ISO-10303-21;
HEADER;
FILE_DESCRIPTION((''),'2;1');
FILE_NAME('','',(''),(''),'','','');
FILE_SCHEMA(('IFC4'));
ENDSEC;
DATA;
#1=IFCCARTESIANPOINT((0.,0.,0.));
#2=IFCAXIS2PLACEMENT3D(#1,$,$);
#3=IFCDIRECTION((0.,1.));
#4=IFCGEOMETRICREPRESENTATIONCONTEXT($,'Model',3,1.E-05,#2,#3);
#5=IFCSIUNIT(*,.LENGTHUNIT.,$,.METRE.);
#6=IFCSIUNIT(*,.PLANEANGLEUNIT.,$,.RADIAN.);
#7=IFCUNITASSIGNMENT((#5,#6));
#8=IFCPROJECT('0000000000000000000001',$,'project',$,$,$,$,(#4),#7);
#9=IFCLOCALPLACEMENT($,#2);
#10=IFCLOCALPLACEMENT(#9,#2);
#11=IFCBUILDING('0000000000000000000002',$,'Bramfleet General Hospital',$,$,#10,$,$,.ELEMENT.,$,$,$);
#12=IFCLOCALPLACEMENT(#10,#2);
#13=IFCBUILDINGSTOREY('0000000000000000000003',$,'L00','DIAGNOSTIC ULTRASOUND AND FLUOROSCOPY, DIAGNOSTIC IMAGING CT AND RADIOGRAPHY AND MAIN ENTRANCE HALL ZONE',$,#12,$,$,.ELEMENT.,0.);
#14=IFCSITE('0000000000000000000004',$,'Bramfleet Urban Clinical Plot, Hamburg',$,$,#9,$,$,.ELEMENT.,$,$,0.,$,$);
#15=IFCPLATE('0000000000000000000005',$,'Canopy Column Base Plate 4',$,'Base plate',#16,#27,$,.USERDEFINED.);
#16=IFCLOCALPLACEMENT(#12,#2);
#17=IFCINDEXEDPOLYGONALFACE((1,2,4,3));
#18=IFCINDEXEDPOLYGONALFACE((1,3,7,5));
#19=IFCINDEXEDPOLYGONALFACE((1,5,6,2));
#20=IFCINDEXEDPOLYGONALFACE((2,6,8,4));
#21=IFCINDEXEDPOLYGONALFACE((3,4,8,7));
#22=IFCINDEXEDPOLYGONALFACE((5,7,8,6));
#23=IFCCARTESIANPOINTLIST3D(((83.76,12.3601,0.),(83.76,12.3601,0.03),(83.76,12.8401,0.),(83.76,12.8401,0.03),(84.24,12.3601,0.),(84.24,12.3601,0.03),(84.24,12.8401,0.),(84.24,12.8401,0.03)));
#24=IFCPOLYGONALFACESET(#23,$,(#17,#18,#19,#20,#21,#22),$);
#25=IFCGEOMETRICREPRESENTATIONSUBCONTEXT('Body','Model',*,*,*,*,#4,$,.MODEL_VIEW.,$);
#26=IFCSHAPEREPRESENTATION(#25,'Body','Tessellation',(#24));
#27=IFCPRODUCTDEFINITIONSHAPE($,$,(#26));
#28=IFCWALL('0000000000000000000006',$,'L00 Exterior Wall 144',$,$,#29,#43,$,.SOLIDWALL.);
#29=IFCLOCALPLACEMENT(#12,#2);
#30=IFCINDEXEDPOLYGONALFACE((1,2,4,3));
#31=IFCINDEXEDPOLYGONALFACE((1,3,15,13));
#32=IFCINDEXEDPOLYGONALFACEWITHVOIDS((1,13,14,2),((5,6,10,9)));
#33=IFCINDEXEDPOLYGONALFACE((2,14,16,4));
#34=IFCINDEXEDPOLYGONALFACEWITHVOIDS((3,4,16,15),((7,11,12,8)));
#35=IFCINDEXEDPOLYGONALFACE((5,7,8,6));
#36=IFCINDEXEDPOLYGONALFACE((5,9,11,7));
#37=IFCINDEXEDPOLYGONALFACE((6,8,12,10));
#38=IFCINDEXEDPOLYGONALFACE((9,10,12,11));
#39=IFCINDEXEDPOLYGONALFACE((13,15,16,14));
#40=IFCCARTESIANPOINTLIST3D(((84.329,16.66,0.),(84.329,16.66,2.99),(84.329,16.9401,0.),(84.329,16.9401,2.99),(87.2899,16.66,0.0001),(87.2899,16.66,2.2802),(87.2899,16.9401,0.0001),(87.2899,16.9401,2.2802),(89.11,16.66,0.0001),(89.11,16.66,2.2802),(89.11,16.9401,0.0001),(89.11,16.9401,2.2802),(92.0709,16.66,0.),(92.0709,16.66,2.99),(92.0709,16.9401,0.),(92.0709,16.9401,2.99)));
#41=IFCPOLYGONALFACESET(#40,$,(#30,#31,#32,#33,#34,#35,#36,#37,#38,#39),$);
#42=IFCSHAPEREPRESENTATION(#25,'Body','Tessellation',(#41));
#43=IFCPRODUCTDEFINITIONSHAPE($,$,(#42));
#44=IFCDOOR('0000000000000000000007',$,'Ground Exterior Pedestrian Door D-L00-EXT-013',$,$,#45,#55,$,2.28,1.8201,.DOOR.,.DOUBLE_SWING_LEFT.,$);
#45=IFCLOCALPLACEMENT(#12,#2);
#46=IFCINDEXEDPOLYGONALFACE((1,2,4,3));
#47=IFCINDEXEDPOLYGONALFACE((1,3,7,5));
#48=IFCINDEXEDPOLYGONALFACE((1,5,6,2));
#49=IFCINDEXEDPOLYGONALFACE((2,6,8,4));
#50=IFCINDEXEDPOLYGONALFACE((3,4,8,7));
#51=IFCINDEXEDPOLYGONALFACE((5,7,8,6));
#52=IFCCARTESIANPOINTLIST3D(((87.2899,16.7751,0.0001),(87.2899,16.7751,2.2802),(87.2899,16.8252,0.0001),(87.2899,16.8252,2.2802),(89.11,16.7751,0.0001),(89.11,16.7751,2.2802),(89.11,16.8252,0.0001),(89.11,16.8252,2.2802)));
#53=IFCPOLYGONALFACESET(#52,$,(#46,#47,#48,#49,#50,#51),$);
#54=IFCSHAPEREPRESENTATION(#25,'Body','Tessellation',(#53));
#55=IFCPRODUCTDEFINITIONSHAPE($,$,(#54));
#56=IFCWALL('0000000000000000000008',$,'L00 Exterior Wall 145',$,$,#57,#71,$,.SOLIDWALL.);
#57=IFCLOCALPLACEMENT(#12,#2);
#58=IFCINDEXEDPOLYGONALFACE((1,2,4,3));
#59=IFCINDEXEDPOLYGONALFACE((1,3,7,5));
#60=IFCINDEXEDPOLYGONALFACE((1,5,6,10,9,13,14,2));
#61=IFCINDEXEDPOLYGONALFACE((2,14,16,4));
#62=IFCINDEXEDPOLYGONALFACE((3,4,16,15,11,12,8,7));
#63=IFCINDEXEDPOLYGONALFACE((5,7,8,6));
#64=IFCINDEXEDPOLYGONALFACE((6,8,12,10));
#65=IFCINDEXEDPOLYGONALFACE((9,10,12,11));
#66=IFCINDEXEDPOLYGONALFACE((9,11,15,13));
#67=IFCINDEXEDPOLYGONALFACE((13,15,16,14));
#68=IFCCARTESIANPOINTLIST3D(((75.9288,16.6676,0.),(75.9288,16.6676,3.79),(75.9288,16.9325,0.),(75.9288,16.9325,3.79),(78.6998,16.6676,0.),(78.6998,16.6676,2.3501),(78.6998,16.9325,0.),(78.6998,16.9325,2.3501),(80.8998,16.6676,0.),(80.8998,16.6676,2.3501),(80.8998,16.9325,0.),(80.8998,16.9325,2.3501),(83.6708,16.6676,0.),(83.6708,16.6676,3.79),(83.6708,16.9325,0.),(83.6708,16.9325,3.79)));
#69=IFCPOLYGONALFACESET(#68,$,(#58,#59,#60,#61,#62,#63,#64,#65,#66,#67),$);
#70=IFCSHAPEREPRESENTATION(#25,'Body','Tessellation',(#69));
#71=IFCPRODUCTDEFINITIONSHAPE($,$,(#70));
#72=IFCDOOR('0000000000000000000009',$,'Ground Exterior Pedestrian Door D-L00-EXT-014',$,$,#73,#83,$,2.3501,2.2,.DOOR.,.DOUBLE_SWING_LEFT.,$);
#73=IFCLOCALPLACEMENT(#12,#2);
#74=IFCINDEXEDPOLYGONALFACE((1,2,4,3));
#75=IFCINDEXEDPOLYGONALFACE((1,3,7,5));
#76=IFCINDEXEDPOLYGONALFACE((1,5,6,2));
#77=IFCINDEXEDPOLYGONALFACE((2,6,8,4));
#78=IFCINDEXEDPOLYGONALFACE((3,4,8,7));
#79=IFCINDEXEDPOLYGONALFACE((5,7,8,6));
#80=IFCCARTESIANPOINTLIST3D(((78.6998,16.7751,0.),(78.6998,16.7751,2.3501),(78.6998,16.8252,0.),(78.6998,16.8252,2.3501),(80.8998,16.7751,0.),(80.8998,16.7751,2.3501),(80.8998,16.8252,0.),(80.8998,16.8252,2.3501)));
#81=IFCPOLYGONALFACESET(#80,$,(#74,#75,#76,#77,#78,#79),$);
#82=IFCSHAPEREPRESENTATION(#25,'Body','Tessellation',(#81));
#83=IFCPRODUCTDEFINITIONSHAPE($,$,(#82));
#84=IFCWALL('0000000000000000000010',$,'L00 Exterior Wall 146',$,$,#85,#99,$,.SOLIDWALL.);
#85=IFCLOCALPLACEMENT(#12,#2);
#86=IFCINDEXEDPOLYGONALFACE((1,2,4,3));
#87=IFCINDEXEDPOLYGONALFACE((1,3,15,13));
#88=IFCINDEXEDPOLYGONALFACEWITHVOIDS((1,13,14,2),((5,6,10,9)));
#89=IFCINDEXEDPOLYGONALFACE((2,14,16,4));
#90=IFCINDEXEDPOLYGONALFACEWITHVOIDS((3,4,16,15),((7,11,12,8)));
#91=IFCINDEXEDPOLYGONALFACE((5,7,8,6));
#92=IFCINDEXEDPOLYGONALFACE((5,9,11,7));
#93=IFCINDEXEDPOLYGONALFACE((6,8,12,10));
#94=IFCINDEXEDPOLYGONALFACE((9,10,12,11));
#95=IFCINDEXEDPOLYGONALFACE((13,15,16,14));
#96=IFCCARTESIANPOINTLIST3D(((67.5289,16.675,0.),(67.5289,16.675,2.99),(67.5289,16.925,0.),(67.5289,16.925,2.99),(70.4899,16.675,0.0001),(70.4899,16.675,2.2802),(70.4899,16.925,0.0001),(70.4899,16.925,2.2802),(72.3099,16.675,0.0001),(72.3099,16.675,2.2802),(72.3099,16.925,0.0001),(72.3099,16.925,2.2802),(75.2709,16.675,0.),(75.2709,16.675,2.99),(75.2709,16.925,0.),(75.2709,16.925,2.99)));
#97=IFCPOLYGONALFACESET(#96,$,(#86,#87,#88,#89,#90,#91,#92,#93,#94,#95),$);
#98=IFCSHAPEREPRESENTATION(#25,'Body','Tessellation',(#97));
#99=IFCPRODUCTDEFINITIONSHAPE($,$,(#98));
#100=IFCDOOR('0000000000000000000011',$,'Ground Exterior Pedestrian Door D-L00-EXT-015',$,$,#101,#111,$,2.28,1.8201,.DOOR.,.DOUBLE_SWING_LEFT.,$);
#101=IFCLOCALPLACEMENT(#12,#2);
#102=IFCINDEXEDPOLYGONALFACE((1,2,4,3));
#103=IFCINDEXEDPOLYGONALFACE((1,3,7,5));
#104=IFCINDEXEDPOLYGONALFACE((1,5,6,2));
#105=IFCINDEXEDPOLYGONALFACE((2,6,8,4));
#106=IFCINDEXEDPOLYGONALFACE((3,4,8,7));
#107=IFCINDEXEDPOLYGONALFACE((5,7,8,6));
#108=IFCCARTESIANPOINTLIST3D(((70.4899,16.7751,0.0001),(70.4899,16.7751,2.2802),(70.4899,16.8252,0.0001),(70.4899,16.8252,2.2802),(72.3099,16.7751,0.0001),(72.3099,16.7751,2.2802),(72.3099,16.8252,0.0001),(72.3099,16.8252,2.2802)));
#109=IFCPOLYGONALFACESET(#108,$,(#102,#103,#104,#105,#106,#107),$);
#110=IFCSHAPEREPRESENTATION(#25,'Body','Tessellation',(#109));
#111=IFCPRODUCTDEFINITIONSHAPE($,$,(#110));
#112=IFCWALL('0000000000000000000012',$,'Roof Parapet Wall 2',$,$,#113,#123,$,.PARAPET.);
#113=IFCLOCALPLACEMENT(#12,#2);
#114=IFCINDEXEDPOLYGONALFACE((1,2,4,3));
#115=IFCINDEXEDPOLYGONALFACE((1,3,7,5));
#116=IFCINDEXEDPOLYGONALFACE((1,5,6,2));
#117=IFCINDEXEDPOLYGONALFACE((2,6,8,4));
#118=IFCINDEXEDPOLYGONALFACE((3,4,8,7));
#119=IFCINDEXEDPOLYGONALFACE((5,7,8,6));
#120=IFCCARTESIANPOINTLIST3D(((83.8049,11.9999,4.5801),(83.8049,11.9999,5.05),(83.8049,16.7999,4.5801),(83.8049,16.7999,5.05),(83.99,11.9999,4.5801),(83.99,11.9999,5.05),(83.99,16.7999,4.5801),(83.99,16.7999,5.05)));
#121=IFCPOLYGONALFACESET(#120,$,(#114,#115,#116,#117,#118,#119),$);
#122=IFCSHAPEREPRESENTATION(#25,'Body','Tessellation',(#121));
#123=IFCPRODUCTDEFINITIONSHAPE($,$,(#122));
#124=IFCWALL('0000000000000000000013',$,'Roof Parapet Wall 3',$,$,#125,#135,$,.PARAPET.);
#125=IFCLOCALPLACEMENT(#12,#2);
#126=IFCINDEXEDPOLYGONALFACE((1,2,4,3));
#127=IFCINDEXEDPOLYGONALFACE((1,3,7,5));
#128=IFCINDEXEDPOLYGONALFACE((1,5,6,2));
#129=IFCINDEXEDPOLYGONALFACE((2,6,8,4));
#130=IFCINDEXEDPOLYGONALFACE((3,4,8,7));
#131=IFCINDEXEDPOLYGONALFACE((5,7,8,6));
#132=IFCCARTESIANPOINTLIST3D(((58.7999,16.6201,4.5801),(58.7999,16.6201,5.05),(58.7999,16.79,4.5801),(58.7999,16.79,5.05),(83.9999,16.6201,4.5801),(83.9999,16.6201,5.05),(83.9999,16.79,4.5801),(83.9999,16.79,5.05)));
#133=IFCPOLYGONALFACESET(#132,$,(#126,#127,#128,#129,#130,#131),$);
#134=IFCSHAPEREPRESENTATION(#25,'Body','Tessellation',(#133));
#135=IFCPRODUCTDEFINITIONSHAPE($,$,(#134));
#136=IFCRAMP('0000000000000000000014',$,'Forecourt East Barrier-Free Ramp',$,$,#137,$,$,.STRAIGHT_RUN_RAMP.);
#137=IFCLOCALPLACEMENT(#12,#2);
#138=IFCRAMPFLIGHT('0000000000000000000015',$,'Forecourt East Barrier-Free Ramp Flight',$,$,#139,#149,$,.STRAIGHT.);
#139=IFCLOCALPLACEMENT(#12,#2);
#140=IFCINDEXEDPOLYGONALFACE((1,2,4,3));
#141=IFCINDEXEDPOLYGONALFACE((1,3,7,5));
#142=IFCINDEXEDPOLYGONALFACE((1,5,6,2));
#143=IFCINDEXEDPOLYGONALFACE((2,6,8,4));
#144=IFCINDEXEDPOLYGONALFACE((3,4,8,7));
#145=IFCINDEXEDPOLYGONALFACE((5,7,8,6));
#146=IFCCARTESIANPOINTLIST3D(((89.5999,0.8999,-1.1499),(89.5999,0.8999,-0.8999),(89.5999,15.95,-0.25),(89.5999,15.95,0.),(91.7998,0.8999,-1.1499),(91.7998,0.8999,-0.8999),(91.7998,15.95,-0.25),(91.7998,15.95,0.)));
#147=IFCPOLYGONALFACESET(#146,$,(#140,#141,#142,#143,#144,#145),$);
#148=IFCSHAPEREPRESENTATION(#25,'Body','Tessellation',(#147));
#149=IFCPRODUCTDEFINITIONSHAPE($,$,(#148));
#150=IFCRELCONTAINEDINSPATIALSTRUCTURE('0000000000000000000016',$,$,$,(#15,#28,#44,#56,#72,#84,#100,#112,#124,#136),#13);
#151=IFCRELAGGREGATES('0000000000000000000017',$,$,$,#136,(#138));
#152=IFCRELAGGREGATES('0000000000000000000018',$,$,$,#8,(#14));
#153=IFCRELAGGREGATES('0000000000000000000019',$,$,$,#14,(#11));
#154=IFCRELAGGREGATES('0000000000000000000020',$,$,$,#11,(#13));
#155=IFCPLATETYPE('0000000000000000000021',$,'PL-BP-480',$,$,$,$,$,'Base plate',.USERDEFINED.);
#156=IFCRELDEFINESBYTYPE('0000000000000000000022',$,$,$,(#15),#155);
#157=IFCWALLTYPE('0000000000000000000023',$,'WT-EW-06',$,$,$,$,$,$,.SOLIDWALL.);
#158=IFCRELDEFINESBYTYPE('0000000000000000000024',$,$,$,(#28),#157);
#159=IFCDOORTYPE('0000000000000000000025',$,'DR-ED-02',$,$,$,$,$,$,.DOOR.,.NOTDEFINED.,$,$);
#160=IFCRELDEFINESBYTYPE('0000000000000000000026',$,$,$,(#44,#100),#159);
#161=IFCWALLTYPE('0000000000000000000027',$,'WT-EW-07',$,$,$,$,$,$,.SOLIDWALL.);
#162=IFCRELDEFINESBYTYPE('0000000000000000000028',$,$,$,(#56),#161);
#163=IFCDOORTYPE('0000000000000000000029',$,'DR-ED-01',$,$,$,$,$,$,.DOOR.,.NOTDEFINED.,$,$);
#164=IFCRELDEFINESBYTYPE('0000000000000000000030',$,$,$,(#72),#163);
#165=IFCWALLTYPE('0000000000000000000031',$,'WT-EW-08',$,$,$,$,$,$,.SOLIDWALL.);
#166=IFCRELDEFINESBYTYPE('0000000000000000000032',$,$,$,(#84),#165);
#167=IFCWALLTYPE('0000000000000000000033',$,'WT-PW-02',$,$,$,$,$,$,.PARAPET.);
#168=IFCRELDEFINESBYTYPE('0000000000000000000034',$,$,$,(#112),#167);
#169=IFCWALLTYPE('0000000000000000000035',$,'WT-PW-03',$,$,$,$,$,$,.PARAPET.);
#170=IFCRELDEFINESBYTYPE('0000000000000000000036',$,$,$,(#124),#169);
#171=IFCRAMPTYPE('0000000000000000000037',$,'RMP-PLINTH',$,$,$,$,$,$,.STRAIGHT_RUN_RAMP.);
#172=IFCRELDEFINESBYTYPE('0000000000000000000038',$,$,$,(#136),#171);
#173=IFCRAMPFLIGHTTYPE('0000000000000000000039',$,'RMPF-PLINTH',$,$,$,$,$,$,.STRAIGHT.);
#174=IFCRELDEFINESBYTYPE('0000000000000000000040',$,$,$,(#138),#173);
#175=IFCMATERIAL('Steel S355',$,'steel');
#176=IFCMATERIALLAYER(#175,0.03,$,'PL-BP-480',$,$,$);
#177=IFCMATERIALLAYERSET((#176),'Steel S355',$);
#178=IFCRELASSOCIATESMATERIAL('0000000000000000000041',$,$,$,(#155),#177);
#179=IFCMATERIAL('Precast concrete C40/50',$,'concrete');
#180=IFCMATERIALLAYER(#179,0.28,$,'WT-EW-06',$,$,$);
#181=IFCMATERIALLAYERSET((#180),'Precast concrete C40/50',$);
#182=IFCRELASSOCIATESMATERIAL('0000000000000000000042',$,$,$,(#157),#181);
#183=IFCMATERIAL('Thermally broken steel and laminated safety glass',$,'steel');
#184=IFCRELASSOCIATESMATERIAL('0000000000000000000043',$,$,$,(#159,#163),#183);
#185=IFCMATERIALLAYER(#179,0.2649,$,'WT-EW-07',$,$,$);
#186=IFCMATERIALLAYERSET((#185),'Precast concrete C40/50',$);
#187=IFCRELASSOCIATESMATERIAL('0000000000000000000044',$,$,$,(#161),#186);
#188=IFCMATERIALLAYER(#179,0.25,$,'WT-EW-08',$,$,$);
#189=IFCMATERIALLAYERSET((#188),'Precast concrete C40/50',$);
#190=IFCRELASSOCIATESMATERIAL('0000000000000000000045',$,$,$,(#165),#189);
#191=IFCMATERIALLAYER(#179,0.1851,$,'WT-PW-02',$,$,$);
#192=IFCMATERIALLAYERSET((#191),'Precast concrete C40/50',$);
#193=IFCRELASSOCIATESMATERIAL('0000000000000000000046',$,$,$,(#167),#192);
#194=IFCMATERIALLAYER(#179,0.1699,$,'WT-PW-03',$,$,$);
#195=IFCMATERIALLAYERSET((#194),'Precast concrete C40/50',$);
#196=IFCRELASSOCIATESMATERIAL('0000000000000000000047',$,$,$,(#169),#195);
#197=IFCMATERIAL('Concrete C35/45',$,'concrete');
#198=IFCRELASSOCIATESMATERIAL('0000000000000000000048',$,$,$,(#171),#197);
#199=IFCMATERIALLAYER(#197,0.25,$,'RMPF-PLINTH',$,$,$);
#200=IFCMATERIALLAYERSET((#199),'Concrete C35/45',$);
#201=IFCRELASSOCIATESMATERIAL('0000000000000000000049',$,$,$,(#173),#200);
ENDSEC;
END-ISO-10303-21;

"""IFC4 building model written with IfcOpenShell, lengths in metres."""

from ifc_helpers import new_model, si_unit, direction, frame, frame_2d, origin, origin_2d, place, context, subcontext, project, spatial, polyline, rectangle, outline, extrude, material, layer, layer_set, type_object, element, fill, aggregate, save


model = new_model("IFC4")

# Units and contexts
model_context = context("Model", 3, precision=1e-05, world=origin(), true_north=direction((0.0, 1.0)))
body_context = subcontext(model_context, "Body", "Model", "MODEL_VIEW")
ifc_project = project(units=[si_unit("LENGTHUNIT", "METRE"), si_unit("PLANEANGLEUNIT", "RADIAN")], contexts=[model_context])

# Site, building, storey
site_placement = place(None, origin())
site = spatial("IfcSite", under=ifc_project, at=site_placement, Name="Bramfleet Urban Clinical Plot, Hamburg", CompositionType="ELEMENT", RefElevation=0.0)
building_placement = place(site_placement, origin())
building = spatial("IfcBuilding", under=site, at=building_placement, Name="Bramfleet General Hospital", CompositionType="ELEMENT")
storey_placement = place(building_placement, origin())
storey = spatial("IfcBuildingStorey", under=building, at=storey_placement, Name="L00", Description="DIAGNOSTIC ULTRASOUND AND FLUOROSCOPY, DIAGNOSTIC IMAGING CT AND RADIOGRAPHY AND MAIN ENTRANCE HALL ZONE", CompositionType="ELEMENT", Elevation=0.0)

# Shared definitions
ifc_material_1 = material(Name="Steel S355", Category="steel")

# Shared definitions
ifc_material_2 = material(Name="Concrete C35/45", Category="concrete")

# Plate
ifc_layer_1 = layer(ifc_material_1, 0.03, Name="PL-BP-480")
ifc_layer_set_1 = layer_set([ifc_layer_1], Name="Steel S355")
plate_type_1 = type_object("IfcPlateType", Name="PL-BP-480", ElementType="Base plate", PredefinedType="USERDEFINED", material=ifc_layer_set_1)
for number, where, z_axis, x_axis, name in (
    (1, (84.0, 12.6001, 0.0), (0.0, 0.0, 1.0), (1.0, 0.0, 0.0), "Canopy Column Base Plate 4"),
):
    element("IfcPlate", number, at=place(storey_placement, frame(where, z_axis=z_axis, x_axis=x_axis)), inside=storey, type_object=plate_type_1, Name=name, ObjectType="Base plate", PredefinedType="USERDEFINED", context=body_context, shape_type="SweptSolid", body=[
        extrude(rectangle(XDim=0.48, YDim=0.48, at=origin_2d()), origin(), (0.0, 0.0, 1.0), 0.03),
    ])

# Walls, openings, doors
ifc_material_3 = material(Name="Precast concrete C40/50", Category="concrete")
ifc_layer_2 = layer(ifc_material_3, 0.28, Name="WT-EW-06")
ifc_layer_set_2 = layer_set([ifc_layer_2], Name="Precast concrete C40/50")
wall_type_1 = type_object("IfcWallType", Name="WT-EW-06", PredefinedType="SOLIDWALL", material=ifc_layer_set_2)
wall_1_placement = place(storey_placement, frame((92.071, 16.8, 0.0), z_axis=(0.0, 0.0, 1.0), x_axis=(-1.0, 0.0, 0.0)))
wall_1 = element("IfcWall", 2, at=wall_1_placement, inside=storey, type_object=wall_type_1, Name="L00 Exterior Wall 144", PredefinedType="SOLIDWALL", context=body_context, shape_type="SweptSolid", body=[
    extrude(rectangle(XDim=7.7419, YDim=0.28, at=frame_2d((3.8711, 0.0))), origin(), (0.0, 0.0, 1.0), 2.99),
])
opening_1_placement = place(wall_1_placement, frame((2.9609, 0.0, 0.0)))
opening_1 = element("IfcOpeningElement", 3, at=opening_1_placement, cuts=wall_1, PredefinedType="OPENING", context=body_context, shape_type="SweptSolid", body=[
    extrude(rectangle(XDim=1.8201, YDim=2.28, at=frame_2d((0.9102, 1.1401))), frame((0.0, 0.1499, 0.0), z_axis=(0.0, -1.0, 0.0), x_axis=(1.0, 0.0, 0.0)), (0.0, 0.0, 1.0), 0.3),
])
ifc_material_4 = material(Name="Thermally broken steel and laminated safety glass", Category="steel")
door_type_1 = type_object("IfcDoorType", Name="DR-ED-02", OperationType="NOTDEFINED", PredefinedType="DOOR", material=ifc_material_4)
door_1_placement = place(opening_1_placement, origin())
door_1 = element("IfcDoor", 4, at=door_1_placement, inside=storey, type_object=door_type_1, Name="Ground Exterior Pedestrian Door D-L00-EXT-013", OperationType="DOUBLE_SWING_LEFT", OverallHeight=2.28, OverallWidth=1.8201, PredefinedType="DOOR", context=body_context, shape_type="SweptSolid", body=[
    extrude(rectangle(XDim=1.8201, YDim=2.28, at=frame_2d((0.9102, 1.1401))), frame((0.0, 0.0249, 0.0), z_axis=(0.0, -1.0, 0.0), x_axis=(1.0, 0.0, 0.0)), (0.0, 0.0, 1.0), 0.05),
])
fill(opening_1, door_1)
ifc_layer_3 = layer(ifc_material_3, 0.2649, Name="WT-EW-07")
ifc_layer_set_3 = layer_set([ifc_layer_3], Name="Precast concrete C40/50")
wall_type_2 = type_object("IfcWallType", Name="WT-EW-07", PredefinedType="SOLIDWALL", material=ifc_layer_set_3)
wall_2_placement = place(storey_placement, frame((83.6709, 16.8, 0.0), z_axis=(0.0, 0.0, 1.0), x_axis=(-1.0, 0.0, 0.0)))
wall_2 = element("IfcWall", 5, at=wall_2_placement, inside=storey, type_object=wall_type_2, Name="L00 Exterior Wall 145", PredefinedType="SOLIDWALL", context=body_context, shape_type="SweptSolid", body=[
    extrude(rectangle(XDim=7.7419, YDim=0.2649, at=frame_2d((3.8711, 0.0))), origin(), (0.0, 0.0, 1.0), 3.79),
])
opening_2_placement = place(wall_2_placement, frame((2.771, 0.0, 0.0)))
opening_2 = element("IfcOpeningElement", 6, at=opening_2_placement, cuts=wall_2, PredefinedType="OPENING", context=body_context, shape_type="SweptSolid", body=[
    extrude(rectangle(XDim=2.2, YDim=2.3501, at=frame_2d((1.1001, 1.175))), frame((0.0, 0.1423, 0.0), z_axis=(0.0, -1.0, 0.0), x_axis=(1.0, 0.0, 0.0)), (0.0, 0.0, 1.0), 0.2849),
])
door_type_2 = type_object("IfcDoorType", Name="DR-ED-01", OperationType="NOTDEFINED", PredefinedType="DOOR", material=ifc_material_4)
door_2_placement = place(opening_2_placement, origin())
door_2 = element("IfcDoor", 7, at=door_2_placement, inside=storey, type_object=door_type_2, Name="Ground Exterior Pedestrian Door D-L00-EXT-014", OperationType="DOUBLE_SWING_LEFT", OverallHeight=2.3501, OverallWidth=2.2, PredefinedType="DOOR", context=body_context, shape_type="SweptSolid", body=[
    extrude(rectangle(XDim=2.2, YDim=2.3501, at=frame_2d((1.1001, 1.175))), frame((0.0, 0.0249, 0.0), z_axis=(0.0, -1.0, 0.0), x_axis=(1.0, 0.0, 0.0)), (0.0, 0.0, 1.0), 0.05),
])
fill(opening_2, door_2)
ifc_layer_4 = layer(ifc_material_3, 0.25, Name="WT-EW-08")
ifc_layer_set_4 = layer_set([ifc_layer_4], Name="Precast concrete C40/50")
wall_type_3 = type_object("IfcWallType", Name="WT-EW-08", PredefinedType="SOLIDWALL", material=ifc_layer_set_4)
wall_3_placement = place(storey_placement, frame((75.271, 16.8, 0.0), z_axis=(0.0, 0.0, 1.0), x_axis=(-1.0, 0.0, 0.0)))
wall_3 = element("IfcWall", 8, at=wall_3_placement, inside=storey, type_object=wall_type_3, Name="L00 Exterior Wall 146", PredefinedType="SOLIDWALL", context=body_context, shape_type="SweptSolid", body=[
    extrude(rectangle(XDim=7.7419, YDim=0.25, at=frame_2d((3.8711, 0.0))), origin(), (0.0, 0.0, 1.0), 2.99),
])
opening_3_placement = place(wall_3_placement, frame((2.9609, 0.0, 0.0)))
opening_3 = element("IfcOpeningElement", 9, at=opening_3_placement, cuts=wall_3, PredefinedType="OPENING", context=body_context, shape_type="SweptSolid", body=[
    extrude(rectangle(XDim=1.8201, YDim=2.28, at=frame_2d((0.9102, 1.1401))), frame((0.0, 0.135, 0.0), z_axis=(0.0, -1.0, 0.0), x_axis=(1.0, 0.0, 0.0)), (0.0, 0.0, 1.0), 0.27),
])
door_3_placement = place(opening_3_placement, origin())
door_3 = element("IfcDoor", 10, at=door_3_placement, inside=storey, type_object=door_type_1, Name="Ground Exterior Pedestrian Door D-L00-EXT-015", OperationType="DOUBLE_SWING_LEFT", OverallHeight=2.28, OverallWidth=1.8201, PredefinedType="DOOR", context=body_context, shape_type="SweptSolid", body=[
    extrude(rectangle(XDim=1.8201, YDim=2.28, at=frame_2d((0.9102, 1.1401))), frame((0.0, 0.0249, 0.0), z_axis=(0.0, -1.0, 0.0), x_axis=(1.0, 0.0, 0.0)), (0.0, 0.0, 1.0), 0.05),
])
fill(opening_3, door_3)

# Walls
ifc_layer_5 = layer(ifc_material_3, 0.1851, Name="WT-PW-02")
ifc_layer_set_5 = layer_set([ifc_layer_5], Name="Precast concrete C40/50")
wall_type_4 = type_object("IfcWallType", Name="WT-PW-02", PredefinedType="PARAPET", material=ifc_layer_set_5)
wall_4_placement = place(storey_placement, frame((83.8975, 12.0, 4.5801), z_axis=(0.0, 0.0, 1.0), x_axis=(0.0, 1.0, 0.0)))
element("IfcWall", 11, at=wall_4_placement, inside=storey, type_object=wall_type_4, Name="Roof Parapet Wall 2", PredefinedType="PARAPET", context=body_context, shape_type="SweptSolid", body=[
    extrude(rectangle(XDim=4.8, YDim=0.1851, at=frame_2d((2.3999, 0.0))), origin(), (0.0, 0.0, 1.0), 0.47),
])
ifc_layer_6 = layer(ifc_material_3, 0.1699, Name="WT-PW-03")
ifc_layer_set_6 = layer_set([ifc_layer_6], Name="Precast concrete C40/50")
wall_type_5 = type_object("IfcWallType", Name="WT-PW-03", PredefinedType="PARAPET", material=ifc_layer_set_6)
wall_5_placement = place(storey_placement, frame((84.0, 16.7051, 4.5801), z_axis=(0.0, 0.0, 1.0), x_axis=(-1.0, 0.0, 0.0)))
element("IfcWall", 12, at=wall_5_placement, inside=storey, type_object=wall_type_5, Name="Roof Parapet Wall 3", PredefinedType="PARAPET", context=body_context, shape_type="SweptSolid", body=[
    extrude(rectangle(XDim=25.2, YDim=0.1699, at=frame_2d((12.6001, 0.0))), origin(), (0.0, 0.0, 1.0), 0.47),
])

# Ramp, ramp flight
ramp_type = type_object("IfcRampType", Name="RMP-PLINTH", PredefinedType="STRAIGHT_RUN_RAMP", material=ifc_material_2)
ramp_placement = place(storey_placement, origin())
ramp = element("IfcRamp", 13, at=ramp_placement, inside=storey, type_object=ramp_type, Name="Forecourt East Barrier-Free Ramp", PredefinedType="STRAIGHT_RUN_RAMP")
ifc_layer_7 = layer(ifc_material_2, 0.25, Name="RMPF-PLINTH")
ifc_layer_set_7 = layer_set([ifc_layer_7], Name="Concrete C35/45")
ramp_flight_type = type_object("IfcRampFlightType", Name="RMPF-PLINTH", PredefinedType="STRAIGHT", material=ifc_layer_set_7)
ramp_flight_placement = place(storey_placement, frame((90.7, 0.8999, -0.8999), z_axis=(0.0, 0.0, 1.0), x_axis=(0.0, 1.0, 0.0)))
ramp_flight = element("IfcRampFlight", 14, at=ramp_flight_placement, type_object=ramp_flight_type, Name="Forecourt East Barrier-Free Ramp Flight", PredefinedType="STRAIGHT", context=body_context, shape_type="SweptSolid", body=[
    extrude(outline(polyline([(0.0, 0.0), (0.0, -0.25), (15.05, 0.6499), (15.05, 0.8999), (0.0, 0.0)])), frame((0.0, 1.1001, 0.0), z_axis=(0.0, -1.0, 0.0), x_axis=(1.0, 0.0, 0.0)), (0.0, 0.0, 1.0), 2.2),
])
aggregate(ramp, [ramp_flight])

save(model, "model.ifc")
